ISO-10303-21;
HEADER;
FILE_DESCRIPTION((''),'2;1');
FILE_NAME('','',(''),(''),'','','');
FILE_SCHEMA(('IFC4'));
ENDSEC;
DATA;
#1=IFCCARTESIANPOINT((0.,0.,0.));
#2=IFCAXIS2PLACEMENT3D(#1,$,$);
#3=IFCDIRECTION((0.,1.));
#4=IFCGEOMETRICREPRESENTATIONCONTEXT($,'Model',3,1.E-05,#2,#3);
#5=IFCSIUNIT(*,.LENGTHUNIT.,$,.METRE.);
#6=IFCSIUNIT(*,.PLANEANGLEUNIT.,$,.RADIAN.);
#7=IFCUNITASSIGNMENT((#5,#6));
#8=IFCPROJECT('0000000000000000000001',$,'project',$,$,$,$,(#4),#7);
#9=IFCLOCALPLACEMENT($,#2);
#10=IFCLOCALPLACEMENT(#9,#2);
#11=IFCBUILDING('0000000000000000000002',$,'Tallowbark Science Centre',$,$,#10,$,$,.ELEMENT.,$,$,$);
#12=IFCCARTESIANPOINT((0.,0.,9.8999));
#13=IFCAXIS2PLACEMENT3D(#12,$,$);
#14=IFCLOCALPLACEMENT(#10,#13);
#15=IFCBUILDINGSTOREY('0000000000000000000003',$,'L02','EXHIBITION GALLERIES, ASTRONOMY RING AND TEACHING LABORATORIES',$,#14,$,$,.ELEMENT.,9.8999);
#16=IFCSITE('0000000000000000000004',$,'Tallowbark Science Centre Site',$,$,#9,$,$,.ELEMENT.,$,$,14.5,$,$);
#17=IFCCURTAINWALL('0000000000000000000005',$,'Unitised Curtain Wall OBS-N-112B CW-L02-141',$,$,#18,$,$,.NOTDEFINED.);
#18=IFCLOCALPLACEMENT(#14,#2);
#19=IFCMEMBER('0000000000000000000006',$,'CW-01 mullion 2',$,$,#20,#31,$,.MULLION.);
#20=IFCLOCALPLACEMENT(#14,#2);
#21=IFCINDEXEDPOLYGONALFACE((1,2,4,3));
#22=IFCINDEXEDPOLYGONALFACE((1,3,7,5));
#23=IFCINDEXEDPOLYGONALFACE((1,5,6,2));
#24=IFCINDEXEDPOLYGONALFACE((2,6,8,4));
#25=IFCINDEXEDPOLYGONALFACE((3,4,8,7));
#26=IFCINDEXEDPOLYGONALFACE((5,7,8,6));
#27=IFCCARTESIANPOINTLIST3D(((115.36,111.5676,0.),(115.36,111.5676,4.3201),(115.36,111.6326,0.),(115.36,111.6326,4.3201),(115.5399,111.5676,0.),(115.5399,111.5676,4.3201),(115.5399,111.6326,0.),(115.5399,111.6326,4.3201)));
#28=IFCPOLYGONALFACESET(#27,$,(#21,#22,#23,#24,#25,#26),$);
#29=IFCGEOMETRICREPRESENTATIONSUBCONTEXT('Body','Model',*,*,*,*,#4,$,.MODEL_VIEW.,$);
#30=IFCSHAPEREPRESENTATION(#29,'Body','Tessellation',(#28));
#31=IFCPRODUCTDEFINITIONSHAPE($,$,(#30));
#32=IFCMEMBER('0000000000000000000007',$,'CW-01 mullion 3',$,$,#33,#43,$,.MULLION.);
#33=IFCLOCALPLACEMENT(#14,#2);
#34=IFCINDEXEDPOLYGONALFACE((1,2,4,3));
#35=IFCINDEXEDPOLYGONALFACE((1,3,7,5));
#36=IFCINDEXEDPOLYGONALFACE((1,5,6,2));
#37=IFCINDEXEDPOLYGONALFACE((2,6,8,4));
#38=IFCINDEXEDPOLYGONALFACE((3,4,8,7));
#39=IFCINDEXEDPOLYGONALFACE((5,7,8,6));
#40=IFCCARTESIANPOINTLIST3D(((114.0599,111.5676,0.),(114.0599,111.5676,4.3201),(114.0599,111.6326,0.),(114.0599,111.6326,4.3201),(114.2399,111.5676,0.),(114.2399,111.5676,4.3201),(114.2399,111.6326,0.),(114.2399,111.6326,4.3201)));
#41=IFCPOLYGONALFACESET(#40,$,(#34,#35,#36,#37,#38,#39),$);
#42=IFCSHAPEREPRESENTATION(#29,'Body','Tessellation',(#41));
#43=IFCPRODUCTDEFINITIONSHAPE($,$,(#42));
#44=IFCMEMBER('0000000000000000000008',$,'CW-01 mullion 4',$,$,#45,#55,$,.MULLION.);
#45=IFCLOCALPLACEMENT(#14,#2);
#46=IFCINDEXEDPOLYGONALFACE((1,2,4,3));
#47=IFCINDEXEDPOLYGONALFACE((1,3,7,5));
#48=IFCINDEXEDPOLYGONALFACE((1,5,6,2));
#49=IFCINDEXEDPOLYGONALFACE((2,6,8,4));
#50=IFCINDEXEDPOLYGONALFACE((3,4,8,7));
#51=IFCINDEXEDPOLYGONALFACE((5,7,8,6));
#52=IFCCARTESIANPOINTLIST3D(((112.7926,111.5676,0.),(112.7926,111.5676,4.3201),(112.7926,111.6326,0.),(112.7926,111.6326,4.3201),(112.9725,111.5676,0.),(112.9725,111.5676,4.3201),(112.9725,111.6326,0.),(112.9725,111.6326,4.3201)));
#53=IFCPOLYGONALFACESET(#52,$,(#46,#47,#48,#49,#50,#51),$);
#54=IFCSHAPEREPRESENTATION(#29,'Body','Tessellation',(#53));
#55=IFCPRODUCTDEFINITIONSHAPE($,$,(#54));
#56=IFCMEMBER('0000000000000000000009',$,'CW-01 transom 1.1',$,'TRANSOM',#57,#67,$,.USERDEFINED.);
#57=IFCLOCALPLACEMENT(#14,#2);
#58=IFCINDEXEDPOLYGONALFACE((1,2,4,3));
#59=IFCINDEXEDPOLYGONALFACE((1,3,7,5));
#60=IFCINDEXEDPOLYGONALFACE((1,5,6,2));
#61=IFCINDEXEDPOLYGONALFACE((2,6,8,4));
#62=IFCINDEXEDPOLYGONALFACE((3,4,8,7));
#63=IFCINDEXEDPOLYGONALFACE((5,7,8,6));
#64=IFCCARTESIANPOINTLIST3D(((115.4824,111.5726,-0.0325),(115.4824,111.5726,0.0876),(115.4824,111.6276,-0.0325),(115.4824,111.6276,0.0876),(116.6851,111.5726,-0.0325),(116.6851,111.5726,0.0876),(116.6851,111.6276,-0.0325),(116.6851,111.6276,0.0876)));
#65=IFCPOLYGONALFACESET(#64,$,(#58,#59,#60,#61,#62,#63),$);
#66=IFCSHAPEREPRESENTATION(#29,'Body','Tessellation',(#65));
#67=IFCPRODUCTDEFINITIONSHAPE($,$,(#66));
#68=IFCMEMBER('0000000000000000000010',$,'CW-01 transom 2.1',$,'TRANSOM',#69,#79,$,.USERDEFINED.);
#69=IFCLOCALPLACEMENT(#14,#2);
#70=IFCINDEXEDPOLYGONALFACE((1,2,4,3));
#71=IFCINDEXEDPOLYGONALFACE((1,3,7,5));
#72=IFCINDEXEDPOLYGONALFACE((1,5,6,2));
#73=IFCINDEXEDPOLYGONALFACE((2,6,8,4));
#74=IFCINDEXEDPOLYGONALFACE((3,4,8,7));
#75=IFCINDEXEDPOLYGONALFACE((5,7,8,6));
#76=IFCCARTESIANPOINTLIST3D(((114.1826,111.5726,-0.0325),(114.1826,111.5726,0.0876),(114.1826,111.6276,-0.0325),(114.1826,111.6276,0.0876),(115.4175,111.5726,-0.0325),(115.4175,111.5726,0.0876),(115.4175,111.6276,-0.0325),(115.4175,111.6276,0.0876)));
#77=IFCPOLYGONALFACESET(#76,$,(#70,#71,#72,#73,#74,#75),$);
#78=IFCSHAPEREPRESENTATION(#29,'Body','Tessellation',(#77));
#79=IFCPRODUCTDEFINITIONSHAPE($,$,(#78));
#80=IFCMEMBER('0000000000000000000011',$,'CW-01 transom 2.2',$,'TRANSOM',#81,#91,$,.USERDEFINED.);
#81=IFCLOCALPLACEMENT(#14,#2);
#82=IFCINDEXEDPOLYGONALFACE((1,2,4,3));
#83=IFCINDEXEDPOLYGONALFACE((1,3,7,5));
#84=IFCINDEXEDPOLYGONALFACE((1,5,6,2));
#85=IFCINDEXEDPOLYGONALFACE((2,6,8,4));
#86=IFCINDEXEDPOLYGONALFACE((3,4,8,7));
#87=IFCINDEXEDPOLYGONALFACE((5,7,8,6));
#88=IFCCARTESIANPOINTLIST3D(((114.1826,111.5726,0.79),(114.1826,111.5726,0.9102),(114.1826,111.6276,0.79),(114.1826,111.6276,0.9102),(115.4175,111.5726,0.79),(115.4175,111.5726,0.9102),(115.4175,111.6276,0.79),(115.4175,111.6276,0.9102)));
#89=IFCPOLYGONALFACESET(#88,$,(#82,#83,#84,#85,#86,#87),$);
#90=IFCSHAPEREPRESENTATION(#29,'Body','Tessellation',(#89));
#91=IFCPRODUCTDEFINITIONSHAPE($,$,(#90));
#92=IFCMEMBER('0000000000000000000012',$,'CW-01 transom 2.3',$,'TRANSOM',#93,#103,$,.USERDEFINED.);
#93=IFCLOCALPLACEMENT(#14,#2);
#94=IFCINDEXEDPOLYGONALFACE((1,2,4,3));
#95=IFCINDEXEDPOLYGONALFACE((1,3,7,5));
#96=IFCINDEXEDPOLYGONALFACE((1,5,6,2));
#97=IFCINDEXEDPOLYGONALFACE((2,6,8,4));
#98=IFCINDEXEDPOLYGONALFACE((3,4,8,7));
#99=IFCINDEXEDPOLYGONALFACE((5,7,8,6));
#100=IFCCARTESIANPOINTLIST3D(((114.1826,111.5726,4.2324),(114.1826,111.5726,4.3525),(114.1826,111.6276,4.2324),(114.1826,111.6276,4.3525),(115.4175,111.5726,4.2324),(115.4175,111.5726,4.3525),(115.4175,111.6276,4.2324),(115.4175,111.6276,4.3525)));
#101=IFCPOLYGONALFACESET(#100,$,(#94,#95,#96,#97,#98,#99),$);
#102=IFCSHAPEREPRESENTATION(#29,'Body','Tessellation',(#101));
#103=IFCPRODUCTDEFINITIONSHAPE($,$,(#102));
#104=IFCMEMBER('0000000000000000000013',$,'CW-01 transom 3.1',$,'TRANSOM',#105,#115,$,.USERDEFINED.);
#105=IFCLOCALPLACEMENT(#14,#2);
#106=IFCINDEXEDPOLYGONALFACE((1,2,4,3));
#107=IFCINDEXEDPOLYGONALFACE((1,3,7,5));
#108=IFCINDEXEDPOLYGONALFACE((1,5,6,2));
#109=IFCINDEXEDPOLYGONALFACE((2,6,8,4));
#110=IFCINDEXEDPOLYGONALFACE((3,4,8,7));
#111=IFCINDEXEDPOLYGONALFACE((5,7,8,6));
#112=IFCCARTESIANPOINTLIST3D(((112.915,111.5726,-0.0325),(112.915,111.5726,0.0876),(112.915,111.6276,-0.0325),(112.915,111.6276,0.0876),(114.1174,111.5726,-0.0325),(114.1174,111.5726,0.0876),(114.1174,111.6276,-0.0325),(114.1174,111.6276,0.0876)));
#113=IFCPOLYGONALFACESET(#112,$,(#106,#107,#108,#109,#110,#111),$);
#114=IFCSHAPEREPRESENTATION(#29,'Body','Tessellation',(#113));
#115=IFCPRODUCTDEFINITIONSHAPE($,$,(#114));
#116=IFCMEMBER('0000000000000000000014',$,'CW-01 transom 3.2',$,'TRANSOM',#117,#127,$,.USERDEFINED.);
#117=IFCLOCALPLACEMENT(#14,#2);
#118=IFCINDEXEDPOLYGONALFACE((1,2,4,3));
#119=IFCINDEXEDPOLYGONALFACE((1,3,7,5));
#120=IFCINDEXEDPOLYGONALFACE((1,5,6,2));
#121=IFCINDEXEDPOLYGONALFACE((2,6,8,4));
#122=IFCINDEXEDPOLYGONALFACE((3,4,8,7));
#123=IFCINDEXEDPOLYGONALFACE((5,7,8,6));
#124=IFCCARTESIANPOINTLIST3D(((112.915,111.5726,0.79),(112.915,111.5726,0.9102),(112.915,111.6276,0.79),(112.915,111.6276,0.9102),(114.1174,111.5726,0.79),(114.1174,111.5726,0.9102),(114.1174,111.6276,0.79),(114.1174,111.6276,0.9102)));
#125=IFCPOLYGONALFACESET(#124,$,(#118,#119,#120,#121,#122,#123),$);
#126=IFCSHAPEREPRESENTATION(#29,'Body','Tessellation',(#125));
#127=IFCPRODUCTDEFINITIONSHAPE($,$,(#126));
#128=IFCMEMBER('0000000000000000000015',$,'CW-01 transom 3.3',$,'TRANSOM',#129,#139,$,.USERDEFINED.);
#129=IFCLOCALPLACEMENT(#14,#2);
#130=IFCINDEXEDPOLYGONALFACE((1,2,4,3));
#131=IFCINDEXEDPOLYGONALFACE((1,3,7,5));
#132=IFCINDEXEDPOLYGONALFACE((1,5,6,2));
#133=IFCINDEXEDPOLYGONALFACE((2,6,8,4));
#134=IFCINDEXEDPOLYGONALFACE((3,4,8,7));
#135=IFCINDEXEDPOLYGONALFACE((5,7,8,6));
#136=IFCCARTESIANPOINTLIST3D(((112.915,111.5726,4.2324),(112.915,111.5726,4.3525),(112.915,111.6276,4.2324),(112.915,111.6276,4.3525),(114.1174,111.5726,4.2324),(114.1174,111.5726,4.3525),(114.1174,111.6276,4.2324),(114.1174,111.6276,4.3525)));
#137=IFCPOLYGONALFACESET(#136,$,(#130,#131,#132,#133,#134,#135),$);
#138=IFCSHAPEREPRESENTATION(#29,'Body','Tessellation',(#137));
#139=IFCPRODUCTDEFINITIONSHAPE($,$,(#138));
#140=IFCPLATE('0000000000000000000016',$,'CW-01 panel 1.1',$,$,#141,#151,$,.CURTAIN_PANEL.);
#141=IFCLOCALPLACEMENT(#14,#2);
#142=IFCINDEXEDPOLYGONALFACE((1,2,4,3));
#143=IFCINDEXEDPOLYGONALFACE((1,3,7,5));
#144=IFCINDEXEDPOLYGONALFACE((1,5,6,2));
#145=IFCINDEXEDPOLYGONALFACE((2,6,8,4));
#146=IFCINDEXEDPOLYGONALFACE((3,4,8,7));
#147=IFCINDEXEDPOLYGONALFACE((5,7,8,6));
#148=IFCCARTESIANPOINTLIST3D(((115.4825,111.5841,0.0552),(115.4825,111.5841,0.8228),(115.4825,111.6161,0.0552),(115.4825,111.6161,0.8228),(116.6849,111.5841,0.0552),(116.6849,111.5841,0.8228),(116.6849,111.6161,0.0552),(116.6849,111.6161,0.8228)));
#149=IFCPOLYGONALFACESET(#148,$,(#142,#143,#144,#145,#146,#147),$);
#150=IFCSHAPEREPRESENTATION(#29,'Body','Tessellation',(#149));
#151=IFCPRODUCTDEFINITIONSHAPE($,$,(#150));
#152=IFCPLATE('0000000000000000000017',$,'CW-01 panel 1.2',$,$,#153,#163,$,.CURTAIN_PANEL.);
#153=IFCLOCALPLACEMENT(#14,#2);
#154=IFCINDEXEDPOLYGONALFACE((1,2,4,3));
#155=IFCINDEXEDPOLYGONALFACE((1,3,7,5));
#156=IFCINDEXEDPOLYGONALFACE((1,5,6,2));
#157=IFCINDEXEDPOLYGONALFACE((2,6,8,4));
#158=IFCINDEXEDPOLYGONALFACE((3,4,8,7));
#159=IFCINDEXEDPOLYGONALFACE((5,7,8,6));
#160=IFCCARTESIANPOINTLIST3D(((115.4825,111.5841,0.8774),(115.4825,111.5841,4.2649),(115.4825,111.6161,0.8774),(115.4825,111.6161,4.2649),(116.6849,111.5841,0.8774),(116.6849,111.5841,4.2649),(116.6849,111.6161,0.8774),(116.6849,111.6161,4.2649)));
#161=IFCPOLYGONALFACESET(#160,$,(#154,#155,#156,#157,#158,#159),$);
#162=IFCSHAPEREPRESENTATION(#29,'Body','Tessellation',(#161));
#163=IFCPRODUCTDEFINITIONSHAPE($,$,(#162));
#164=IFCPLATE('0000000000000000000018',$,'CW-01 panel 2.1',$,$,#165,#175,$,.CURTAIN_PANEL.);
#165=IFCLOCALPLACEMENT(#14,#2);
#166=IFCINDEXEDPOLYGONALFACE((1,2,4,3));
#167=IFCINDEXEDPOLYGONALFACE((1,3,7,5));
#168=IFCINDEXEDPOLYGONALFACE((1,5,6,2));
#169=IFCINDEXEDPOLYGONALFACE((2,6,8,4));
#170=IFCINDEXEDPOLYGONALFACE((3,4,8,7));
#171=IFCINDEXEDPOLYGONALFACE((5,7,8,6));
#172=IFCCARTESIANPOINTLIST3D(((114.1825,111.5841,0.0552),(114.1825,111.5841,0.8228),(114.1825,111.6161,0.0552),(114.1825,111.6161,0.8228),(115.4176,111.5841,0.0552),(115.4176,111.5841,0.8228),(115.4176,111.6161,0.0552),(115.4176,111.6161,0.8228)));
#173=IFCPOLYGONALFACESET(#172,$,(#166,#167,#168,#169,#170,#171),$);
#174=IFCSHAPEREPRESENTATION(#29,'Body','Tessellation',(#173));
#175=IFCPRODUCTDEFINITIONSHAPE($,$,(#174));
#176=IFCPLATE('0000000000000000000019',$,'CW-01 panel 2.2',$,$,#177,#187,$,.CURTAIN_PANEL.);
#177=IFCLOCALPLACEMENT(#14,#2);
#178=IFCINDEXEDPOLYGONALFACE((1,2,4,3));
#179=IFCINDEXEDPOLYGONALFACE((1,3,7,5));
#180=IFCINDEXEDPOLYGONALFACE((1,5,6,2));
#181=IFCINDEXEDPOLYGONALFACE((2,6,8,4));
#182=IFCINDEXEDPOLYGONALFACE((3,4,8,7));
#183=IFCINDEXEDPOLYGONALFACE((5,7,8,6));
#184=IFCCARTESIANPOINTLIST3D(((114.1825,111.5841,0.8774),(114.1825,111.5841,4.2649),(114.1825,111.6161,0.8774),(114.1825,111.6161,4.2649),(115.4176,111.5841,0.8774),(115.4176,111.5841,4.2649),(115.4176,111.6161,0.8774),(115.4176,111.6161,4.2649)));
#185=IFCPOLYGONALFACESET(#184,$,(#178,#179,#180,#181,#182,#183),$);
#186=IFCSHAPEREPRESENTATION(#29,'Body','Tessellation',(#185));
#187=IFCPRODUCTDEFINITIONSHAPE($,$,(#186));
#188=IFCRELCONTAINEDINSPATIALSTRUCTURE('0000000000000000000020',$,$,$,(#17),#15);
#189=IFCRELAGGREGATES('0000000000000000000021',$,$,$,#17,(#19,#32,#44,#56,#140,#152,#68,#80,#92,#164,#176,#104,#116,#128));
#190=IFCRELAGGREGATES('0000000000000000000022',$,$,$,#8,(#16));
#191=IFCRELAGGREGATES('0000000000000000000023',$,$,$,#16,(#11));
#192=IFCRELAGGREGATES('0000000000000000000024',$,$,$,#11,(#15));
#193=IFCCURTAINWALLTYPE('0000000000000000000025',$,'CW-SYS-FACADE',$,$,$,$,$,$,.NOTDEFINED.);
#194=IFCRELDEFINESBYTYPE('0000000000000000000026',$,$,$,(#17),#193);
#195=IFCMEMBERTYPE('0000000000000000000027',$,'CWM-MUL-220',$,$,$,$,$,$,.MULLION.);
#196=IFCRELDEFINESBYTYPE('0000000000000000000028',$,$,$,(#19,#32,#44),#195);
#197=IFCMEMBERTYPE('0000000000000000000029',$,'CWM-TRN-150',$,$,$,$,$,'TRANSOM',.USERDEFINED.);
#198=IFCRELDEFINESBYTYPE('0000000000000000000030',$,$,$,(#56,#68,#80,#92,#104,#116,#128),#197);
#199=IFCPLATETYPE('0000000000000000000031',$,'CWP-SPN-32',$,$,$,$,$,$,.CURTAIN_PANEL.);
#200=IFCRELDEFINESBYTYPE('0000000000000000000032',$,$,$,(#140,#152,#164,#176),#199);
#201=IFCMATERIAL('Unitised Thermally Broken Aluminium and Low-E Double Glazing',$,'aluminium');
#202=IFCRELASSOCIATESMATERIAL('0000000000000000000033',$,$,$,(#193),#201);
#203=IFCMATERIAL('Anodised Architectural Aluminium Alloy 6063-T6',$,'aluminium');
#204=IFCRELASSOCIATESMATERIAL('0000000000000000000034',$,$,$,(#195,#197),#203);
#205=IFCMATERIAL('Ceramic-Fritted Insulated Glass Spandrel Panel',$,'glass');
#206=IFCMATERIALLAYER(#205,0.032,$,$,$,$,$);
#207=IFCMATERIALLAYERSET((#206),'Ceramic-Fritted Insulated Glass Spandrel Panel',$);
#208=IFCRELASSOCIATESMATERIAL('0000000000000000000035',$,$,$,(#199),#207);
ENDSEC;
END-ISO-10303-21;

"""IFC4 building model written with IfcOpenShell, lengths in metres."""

from ifc_helpers import new_model, si_unit, direction, frame, origin, origin_2d, place, context, subcontext, project, spatial, rectangle, extrude, material, layer, layer_set, material_profile, profile_set, type_object, element, aggregate, save


model = new_model("IFC4")

# Units and contexts
model_context = context("Model", 3, precision=1e-05, world=origin(), true_north=direction((0.0, 1.0)))
body_context = subcontext(model_context, "Body", "Model", "MODEL_VIEW")
ifc_project = project(units=[si_unit("LENGTHUNIT", "METRE"), si_unit("PLANEANGLEUNIT", "RADIAN")], contexts=[model_context])

# Site, building, storey
site_placement = place(None, origin())
site = spatial("IfcSite", under=ifc_project, at=site_placement, Name="Tallowbark Science Centre Site", CompositionType="ELEMENT", RefElevation=14.5)
building_placement = place(site_placement, origin())
building = spatial("IfcBuilding", under=site, at=building_placement, Name="Tallowbark Science Centre", CompositionType="ELEMENT")
storey_placement = place(building_placement, frame((0.0, 0.0, 9.8999)))
storey = spatial("IfcBuildingStorey", under=building, at=storey_placement, Name="L02", Description="EXHIBITION GALLERIES, ASTRONOMY RING AND TEACHING LABORATORIES", CompositionType="ELEMENT", Elevation=9.8999)

# Curtain wall, members, plates
ifc_material_1 = material(Name="Unitised Thermally Broken Aluminium and Low-E Double Glazing", Category="aluminium")
curtain_wall_type = type_object("IfcCurtainWallType", Name="CW-SYS-FACADE", PredefinedType="NOTDEFINED", material=ifc_material_1)
curtain_wall_placement = place(storey_placement, origin())
curtain_wall = element("IfcCurtainWall", 1, at=curtain_wall_placement, inside=storey, type_object=curtain_wall_type, Name="Unitised Curtain Wall OBS-N-112B CW-L02-141", PredefinedType="NOTDEFINED")
ifc_material_2 = material(Name="Anodised Architectural Aluminium Alloy 6063-T6", Category="aluminium")
ifc_material_profile_1 = material_profile(ifc_material_2, rectangle(XDim=0.0649, YDim=0.1799, at=origin_2d()), Name="ALU65x180")
ifc_profile_set_1 = profile_set([ifc_material_profile_1], Name="Anodised Architectural Aluminium Alloy 6063-T6")
member_type_1 = type_object("IfcMemberType", Name="CWM-MUL-220", PredefinedType="MULLION", material=ifc_profile_set_1)
member_1_placement = place(storey_placement, frame((115.45, 111.6001, 0.0), z_axis=(0.0, 0.0, 1.0), x_axis=(0.0, -1.0, 0.0)))
member_1 = element("IfcMember", 2, at=member_1_placement, type_object=member_type_1, Name="CW-01 mullion 2", PredefinedType="MULLION", context=body_context, shape_type="SweptSolid", body=[
    extrude(rectangle(XDim=0.0649, YDim=0.1799, at=origin_2d()), origin(), (0.0, 0.0, 1.0), 4.3201),
])
member_2_placement = place(storey_placement, frame((114.1499, 111.6001, 0.0), z_axis=(0.0, 0.0, 1.0), x_axis=(0.0, -1.0, 0.0)))
member_2 = element("IfcMember", 3, at=member_2_placement, type_object=member_type_1, Name="CW-01 mullion 3", PredefinedType="MULLION", context=body_context, shape_type="SweptSolid", body=[
    extrude(rectangle(XDim=0.0649, YDim=0.1799, at=origin_2d()), origin(), (0.0, 0.0, 1.0), 4.3201),
])
member_3_placement = place(storey_placement, frame((112.8826, 111.6001, 0.0), z_axis=(0.0, 0.0, 1.0), x_axis=(0.0, -1.0, 0.0)))
member_3 = element("IfcMember", 4, at=member_3_placement, type_object=member_type_1, Name="CW-01 mullion 4", PredefinedType="MULLION", context=body_context, shape_type="SweptSolid", body=[
    extrude(rectangle(XDim=0.0649, YDim=0.1799, at=origin_2d()), origin(), (0.0, 0.0, 1.0), 4.3201),
])
ifc_material_profile_2 = material_profile(ifc_material_2, rectangle(XDim=0.0549, YDim=0.1201, at=origin_2d()), Name="ALU55x120")
ifc_profile_set_2 = profile_set([ifc_material_profile_2], Name="Anodised Architectural Aluminium Alloy 6063-T6")
member_type_2 = type_object("IfcMemberType", Name="CWM-TRN-150", ElementType="TRANSOM", PredefinedType="USERDEFINED", material=ifc_profile_set_2)
member_4_placement = place(storey_placement, frame((116.6851, 111.6001, 0.0276), z_axis=(-1.0, 0.0, 0.0), x_axis=(0.0, -1.0, 0.0)))
member_4 = element("IfcMember", 5, at=member_4_placement, type_object=member_type_2, Name="CW-01 transom 1.1", ObjectType="TRANSOM", PredefinedType="USERDEFINED", context=body_context, shape_type="SweptSolid", body=[
    extrude(rectangle(XDim=0.0549, YDim=0.1201, at=origin_2d()), origin(), (0.0, 0.0, 1.0), 1.2026),
])
member_5_placement = place(storey_placement, frame((115.4175, 111.6001, 0.0276), z_axis=(-1.0, 0.0, 0.0), x_axis=(0.0, -1.0, 0.0)))
member_5 = element("IfcMember", 6, at=member_5_placement, type_object=member_type_2, Name="CW-01 transom 2.1", ObjectType="TRANSOM", PredefinedType="USERDEFINED", context=body_context, shape_type="SweptSolid", body=[
    extrude(rectangle(XDim=0.0549, YDim=0.1201, at=origin_2d()), origin(), (0.0, 0.0, 1.0), 1.2349),
])
member_6_placement = place(storey_placement, frame((115.4175, 111.6001, 0.8501), z_axis=(-1.0, 0.0, 0.0), x_axis=(0.0, -1.0, 0.0)))
member_6 = element("IfcMember", 7, at=member_6_placement, type_object=member_type_2, Name="CW-01 transom 2.2", ObjectType="TRANSOM", PredefinedType="USERDEFINED", context=body_context, shape_type="SweptSolid", body=[
    extrude(rectangle(XDim=0.0549, YDim=0.1201, at=origin_2d()), origin(), (0.0, 0.0, 1.0), 1.2349),
])
member_7_placement = place(storey_placement, frame((115.4175, 111.6001, 4.2925), z_axis=(-1.0, 0.0, 0.0), x_axis=(0.0, -1.0, 0.0)))
member_7 = element("IfcMember", 8, at=member_7_placement, type_object=member_type_2, Name="CW-01 transom 2.3", ObjectType="TRANSOM", PredefinedType="USERDEFINED", context=body_context, shape_type="SweptSolid", body=[
    extrude(rectangle(XDim=0.0549, YDim=0.1201, at=origin_2d()), origin(), (0.0, 0.0, 1.0), 1.2349),
])
member_8_placement = place(storey_placement, frame((114.1174, 111.6001, 0.0276), z_axis=(-1.0, 0.0, 0.0), x_axis=(0.0, -1.0, 0.0)))
member_8 = element("IfcMember", 9, at=member_8_placement, type_object=member_type_2, Name="CW-01 transom 3.1", ObjectType="TRANSOM", PredefinedType="USERDEFINED", context=body_context, shape_type="SweptSolid", body=[
    extrude(rectangle(XDim=0.0549, YDim=0.1201, at=origin_2d()), origin(), (0.0, 0.0, 1.0), 1.2024),
])
member_9_placement = place(storey_placement, frame((114.1174, 111.6001, 0.8501), z_axis=(-1.0, 0.0, 0.0), x_axis=(0.0, -1.0, 0.0)))
member_9 = element("IfcMember", 10, at=member_9_placement, type_object=member_type_2, Name="CW-01 transom 3.2", ObjectType="TRANSOM", PredefinedType="USERDEFINED", context=body_context, shape_type="SweptSolid", body=[
    extrude(rectangle(XDim=0.0549, YDim=0.1201, at=origin_2d()), origin(), (0.0, 0.0, 1.0), 1.2024),
])
member_10_placement = place(storey_placement, frame((114.1174, 111.6001, 4.2925), z_axis=(-1.0, 0.0, 0.0), x_axis=(0.0, -1.0, 0.0)))
member_10 = element("IfcMember", 11, at=member_10_placement, type_object=member_type_2, Name="CW-01 transom 3.3", ObjectType="TRANSOM", PredefinedType="USERDEFINED", context=body_context, shape_type="SweptSolid", body=[
    extrude(rectangle(XDim=0.0549, YDim=0.1201, at=origin_2d()), origin(), (0.0, 0.0, 1.0), 1.2024),
])
ifc_material_3 = material(Name="Ceramic-Fritted Insulated Glass Spandrel Panel", Category="glass")
ifc_layer_1 = layer(ifc_material_3, 0.032)
ifc_layer_set_1 = layer_set([ifc_layer_1], Name="Ceramic-Fritted Insulated Glass Spandrel Panel")
plate_type = type_object("IfcPlateType", Name="CWP-SPN-32", PredefinedType="CURTAIN_PANEL", material=ifc_layer_set_1)
plate_1_placement = place(storey_placement, frame((116.0837, 111.6001, 0.0552), z_axis=(0.0, 0.0, 1.0), x_axis=(-1.0, 0.0, 0.0)))
plate_1 = element("IfcPlate", 12, at=plate_1_placement, type_object=plate_type, Name="CW-01 panel 1.1", PredefinedType="CURTAIN_PANEL", context=body_context, shape_type="SweptSolid", body=[
    extrude(rectangle(XDim=1.2024, YDim=0.032, at=origin_2d()), origin(), (0.0, 0.0, 1.0), 0.7676),
])
plate_2_placement = place(storey_placement, frame((116.0837, 111.6001, 0.8774), z_axis=(0.0, 0.0, 1.0), x_axis=(-1.0, 0.0, 0.0)))
plate_2 = element("IfcPlate", 13, at=plate_2_placement, type_object=plate_type, Name="CW-01 panel 1.2", PredefinedType="CURTAIN_PANEL", context=body_context, shape_type="SweptSolid", body=[
    extrude(rectangle(XDim=1.2024, YDim=0.032, at=origin_2d()), origin(), (0.0, 0.0, 1.0), 3.3875),
])
plate_3_placement = place(storey_placement, frame((114.8, 111.6001, 0.0552), z_axis=(0.0, 0.0, 1.0), x_axis=(-1.0, 0.0, 0.0)))
plate_3 = element("IfcPlate", 14, at=plate_3_placement, type_object=plate_type, Name="CW-01 panel 2.1", PredefinedType="CURTAIN_PANEL", context=body_context, shape_type="SweptSolid", body=[
    extrude(rectangle(XDim=1.2351, YDim=0.032, at=origin_2d()), origin(), (0.0, 0.0, 1.0), 0.7676),
])
plate_4_placement = place(storey_placement, frame((114.8, 111.6001, 0.8774), z_axis=(0.0, 0.0, 1.0), x_axis=(-1.0, 0.0, 0.0)))
plate_4 = element("IfcPlate", 15, at=plate_4_placement, type_object=plate_type, Name="CW-01 panel 2.2", PredefinedType="CURTAIN_PANEL", context=body_context, shape_type="SweptSolid", body=[
    extrude(rectangle(XDim=1.2351, YDim=0.032, at=origin_2d()), origin(), (0.0, 0.0, 1.0), 3.3875),
])
aggregate(curtain_wall, [member_1, member_2, member_3, member_4, plate_1, plate_2, member_5, member_6, member_7, plate_3, plate_4, member_8, member_9, member_10])

save(model, "model.ifc")
